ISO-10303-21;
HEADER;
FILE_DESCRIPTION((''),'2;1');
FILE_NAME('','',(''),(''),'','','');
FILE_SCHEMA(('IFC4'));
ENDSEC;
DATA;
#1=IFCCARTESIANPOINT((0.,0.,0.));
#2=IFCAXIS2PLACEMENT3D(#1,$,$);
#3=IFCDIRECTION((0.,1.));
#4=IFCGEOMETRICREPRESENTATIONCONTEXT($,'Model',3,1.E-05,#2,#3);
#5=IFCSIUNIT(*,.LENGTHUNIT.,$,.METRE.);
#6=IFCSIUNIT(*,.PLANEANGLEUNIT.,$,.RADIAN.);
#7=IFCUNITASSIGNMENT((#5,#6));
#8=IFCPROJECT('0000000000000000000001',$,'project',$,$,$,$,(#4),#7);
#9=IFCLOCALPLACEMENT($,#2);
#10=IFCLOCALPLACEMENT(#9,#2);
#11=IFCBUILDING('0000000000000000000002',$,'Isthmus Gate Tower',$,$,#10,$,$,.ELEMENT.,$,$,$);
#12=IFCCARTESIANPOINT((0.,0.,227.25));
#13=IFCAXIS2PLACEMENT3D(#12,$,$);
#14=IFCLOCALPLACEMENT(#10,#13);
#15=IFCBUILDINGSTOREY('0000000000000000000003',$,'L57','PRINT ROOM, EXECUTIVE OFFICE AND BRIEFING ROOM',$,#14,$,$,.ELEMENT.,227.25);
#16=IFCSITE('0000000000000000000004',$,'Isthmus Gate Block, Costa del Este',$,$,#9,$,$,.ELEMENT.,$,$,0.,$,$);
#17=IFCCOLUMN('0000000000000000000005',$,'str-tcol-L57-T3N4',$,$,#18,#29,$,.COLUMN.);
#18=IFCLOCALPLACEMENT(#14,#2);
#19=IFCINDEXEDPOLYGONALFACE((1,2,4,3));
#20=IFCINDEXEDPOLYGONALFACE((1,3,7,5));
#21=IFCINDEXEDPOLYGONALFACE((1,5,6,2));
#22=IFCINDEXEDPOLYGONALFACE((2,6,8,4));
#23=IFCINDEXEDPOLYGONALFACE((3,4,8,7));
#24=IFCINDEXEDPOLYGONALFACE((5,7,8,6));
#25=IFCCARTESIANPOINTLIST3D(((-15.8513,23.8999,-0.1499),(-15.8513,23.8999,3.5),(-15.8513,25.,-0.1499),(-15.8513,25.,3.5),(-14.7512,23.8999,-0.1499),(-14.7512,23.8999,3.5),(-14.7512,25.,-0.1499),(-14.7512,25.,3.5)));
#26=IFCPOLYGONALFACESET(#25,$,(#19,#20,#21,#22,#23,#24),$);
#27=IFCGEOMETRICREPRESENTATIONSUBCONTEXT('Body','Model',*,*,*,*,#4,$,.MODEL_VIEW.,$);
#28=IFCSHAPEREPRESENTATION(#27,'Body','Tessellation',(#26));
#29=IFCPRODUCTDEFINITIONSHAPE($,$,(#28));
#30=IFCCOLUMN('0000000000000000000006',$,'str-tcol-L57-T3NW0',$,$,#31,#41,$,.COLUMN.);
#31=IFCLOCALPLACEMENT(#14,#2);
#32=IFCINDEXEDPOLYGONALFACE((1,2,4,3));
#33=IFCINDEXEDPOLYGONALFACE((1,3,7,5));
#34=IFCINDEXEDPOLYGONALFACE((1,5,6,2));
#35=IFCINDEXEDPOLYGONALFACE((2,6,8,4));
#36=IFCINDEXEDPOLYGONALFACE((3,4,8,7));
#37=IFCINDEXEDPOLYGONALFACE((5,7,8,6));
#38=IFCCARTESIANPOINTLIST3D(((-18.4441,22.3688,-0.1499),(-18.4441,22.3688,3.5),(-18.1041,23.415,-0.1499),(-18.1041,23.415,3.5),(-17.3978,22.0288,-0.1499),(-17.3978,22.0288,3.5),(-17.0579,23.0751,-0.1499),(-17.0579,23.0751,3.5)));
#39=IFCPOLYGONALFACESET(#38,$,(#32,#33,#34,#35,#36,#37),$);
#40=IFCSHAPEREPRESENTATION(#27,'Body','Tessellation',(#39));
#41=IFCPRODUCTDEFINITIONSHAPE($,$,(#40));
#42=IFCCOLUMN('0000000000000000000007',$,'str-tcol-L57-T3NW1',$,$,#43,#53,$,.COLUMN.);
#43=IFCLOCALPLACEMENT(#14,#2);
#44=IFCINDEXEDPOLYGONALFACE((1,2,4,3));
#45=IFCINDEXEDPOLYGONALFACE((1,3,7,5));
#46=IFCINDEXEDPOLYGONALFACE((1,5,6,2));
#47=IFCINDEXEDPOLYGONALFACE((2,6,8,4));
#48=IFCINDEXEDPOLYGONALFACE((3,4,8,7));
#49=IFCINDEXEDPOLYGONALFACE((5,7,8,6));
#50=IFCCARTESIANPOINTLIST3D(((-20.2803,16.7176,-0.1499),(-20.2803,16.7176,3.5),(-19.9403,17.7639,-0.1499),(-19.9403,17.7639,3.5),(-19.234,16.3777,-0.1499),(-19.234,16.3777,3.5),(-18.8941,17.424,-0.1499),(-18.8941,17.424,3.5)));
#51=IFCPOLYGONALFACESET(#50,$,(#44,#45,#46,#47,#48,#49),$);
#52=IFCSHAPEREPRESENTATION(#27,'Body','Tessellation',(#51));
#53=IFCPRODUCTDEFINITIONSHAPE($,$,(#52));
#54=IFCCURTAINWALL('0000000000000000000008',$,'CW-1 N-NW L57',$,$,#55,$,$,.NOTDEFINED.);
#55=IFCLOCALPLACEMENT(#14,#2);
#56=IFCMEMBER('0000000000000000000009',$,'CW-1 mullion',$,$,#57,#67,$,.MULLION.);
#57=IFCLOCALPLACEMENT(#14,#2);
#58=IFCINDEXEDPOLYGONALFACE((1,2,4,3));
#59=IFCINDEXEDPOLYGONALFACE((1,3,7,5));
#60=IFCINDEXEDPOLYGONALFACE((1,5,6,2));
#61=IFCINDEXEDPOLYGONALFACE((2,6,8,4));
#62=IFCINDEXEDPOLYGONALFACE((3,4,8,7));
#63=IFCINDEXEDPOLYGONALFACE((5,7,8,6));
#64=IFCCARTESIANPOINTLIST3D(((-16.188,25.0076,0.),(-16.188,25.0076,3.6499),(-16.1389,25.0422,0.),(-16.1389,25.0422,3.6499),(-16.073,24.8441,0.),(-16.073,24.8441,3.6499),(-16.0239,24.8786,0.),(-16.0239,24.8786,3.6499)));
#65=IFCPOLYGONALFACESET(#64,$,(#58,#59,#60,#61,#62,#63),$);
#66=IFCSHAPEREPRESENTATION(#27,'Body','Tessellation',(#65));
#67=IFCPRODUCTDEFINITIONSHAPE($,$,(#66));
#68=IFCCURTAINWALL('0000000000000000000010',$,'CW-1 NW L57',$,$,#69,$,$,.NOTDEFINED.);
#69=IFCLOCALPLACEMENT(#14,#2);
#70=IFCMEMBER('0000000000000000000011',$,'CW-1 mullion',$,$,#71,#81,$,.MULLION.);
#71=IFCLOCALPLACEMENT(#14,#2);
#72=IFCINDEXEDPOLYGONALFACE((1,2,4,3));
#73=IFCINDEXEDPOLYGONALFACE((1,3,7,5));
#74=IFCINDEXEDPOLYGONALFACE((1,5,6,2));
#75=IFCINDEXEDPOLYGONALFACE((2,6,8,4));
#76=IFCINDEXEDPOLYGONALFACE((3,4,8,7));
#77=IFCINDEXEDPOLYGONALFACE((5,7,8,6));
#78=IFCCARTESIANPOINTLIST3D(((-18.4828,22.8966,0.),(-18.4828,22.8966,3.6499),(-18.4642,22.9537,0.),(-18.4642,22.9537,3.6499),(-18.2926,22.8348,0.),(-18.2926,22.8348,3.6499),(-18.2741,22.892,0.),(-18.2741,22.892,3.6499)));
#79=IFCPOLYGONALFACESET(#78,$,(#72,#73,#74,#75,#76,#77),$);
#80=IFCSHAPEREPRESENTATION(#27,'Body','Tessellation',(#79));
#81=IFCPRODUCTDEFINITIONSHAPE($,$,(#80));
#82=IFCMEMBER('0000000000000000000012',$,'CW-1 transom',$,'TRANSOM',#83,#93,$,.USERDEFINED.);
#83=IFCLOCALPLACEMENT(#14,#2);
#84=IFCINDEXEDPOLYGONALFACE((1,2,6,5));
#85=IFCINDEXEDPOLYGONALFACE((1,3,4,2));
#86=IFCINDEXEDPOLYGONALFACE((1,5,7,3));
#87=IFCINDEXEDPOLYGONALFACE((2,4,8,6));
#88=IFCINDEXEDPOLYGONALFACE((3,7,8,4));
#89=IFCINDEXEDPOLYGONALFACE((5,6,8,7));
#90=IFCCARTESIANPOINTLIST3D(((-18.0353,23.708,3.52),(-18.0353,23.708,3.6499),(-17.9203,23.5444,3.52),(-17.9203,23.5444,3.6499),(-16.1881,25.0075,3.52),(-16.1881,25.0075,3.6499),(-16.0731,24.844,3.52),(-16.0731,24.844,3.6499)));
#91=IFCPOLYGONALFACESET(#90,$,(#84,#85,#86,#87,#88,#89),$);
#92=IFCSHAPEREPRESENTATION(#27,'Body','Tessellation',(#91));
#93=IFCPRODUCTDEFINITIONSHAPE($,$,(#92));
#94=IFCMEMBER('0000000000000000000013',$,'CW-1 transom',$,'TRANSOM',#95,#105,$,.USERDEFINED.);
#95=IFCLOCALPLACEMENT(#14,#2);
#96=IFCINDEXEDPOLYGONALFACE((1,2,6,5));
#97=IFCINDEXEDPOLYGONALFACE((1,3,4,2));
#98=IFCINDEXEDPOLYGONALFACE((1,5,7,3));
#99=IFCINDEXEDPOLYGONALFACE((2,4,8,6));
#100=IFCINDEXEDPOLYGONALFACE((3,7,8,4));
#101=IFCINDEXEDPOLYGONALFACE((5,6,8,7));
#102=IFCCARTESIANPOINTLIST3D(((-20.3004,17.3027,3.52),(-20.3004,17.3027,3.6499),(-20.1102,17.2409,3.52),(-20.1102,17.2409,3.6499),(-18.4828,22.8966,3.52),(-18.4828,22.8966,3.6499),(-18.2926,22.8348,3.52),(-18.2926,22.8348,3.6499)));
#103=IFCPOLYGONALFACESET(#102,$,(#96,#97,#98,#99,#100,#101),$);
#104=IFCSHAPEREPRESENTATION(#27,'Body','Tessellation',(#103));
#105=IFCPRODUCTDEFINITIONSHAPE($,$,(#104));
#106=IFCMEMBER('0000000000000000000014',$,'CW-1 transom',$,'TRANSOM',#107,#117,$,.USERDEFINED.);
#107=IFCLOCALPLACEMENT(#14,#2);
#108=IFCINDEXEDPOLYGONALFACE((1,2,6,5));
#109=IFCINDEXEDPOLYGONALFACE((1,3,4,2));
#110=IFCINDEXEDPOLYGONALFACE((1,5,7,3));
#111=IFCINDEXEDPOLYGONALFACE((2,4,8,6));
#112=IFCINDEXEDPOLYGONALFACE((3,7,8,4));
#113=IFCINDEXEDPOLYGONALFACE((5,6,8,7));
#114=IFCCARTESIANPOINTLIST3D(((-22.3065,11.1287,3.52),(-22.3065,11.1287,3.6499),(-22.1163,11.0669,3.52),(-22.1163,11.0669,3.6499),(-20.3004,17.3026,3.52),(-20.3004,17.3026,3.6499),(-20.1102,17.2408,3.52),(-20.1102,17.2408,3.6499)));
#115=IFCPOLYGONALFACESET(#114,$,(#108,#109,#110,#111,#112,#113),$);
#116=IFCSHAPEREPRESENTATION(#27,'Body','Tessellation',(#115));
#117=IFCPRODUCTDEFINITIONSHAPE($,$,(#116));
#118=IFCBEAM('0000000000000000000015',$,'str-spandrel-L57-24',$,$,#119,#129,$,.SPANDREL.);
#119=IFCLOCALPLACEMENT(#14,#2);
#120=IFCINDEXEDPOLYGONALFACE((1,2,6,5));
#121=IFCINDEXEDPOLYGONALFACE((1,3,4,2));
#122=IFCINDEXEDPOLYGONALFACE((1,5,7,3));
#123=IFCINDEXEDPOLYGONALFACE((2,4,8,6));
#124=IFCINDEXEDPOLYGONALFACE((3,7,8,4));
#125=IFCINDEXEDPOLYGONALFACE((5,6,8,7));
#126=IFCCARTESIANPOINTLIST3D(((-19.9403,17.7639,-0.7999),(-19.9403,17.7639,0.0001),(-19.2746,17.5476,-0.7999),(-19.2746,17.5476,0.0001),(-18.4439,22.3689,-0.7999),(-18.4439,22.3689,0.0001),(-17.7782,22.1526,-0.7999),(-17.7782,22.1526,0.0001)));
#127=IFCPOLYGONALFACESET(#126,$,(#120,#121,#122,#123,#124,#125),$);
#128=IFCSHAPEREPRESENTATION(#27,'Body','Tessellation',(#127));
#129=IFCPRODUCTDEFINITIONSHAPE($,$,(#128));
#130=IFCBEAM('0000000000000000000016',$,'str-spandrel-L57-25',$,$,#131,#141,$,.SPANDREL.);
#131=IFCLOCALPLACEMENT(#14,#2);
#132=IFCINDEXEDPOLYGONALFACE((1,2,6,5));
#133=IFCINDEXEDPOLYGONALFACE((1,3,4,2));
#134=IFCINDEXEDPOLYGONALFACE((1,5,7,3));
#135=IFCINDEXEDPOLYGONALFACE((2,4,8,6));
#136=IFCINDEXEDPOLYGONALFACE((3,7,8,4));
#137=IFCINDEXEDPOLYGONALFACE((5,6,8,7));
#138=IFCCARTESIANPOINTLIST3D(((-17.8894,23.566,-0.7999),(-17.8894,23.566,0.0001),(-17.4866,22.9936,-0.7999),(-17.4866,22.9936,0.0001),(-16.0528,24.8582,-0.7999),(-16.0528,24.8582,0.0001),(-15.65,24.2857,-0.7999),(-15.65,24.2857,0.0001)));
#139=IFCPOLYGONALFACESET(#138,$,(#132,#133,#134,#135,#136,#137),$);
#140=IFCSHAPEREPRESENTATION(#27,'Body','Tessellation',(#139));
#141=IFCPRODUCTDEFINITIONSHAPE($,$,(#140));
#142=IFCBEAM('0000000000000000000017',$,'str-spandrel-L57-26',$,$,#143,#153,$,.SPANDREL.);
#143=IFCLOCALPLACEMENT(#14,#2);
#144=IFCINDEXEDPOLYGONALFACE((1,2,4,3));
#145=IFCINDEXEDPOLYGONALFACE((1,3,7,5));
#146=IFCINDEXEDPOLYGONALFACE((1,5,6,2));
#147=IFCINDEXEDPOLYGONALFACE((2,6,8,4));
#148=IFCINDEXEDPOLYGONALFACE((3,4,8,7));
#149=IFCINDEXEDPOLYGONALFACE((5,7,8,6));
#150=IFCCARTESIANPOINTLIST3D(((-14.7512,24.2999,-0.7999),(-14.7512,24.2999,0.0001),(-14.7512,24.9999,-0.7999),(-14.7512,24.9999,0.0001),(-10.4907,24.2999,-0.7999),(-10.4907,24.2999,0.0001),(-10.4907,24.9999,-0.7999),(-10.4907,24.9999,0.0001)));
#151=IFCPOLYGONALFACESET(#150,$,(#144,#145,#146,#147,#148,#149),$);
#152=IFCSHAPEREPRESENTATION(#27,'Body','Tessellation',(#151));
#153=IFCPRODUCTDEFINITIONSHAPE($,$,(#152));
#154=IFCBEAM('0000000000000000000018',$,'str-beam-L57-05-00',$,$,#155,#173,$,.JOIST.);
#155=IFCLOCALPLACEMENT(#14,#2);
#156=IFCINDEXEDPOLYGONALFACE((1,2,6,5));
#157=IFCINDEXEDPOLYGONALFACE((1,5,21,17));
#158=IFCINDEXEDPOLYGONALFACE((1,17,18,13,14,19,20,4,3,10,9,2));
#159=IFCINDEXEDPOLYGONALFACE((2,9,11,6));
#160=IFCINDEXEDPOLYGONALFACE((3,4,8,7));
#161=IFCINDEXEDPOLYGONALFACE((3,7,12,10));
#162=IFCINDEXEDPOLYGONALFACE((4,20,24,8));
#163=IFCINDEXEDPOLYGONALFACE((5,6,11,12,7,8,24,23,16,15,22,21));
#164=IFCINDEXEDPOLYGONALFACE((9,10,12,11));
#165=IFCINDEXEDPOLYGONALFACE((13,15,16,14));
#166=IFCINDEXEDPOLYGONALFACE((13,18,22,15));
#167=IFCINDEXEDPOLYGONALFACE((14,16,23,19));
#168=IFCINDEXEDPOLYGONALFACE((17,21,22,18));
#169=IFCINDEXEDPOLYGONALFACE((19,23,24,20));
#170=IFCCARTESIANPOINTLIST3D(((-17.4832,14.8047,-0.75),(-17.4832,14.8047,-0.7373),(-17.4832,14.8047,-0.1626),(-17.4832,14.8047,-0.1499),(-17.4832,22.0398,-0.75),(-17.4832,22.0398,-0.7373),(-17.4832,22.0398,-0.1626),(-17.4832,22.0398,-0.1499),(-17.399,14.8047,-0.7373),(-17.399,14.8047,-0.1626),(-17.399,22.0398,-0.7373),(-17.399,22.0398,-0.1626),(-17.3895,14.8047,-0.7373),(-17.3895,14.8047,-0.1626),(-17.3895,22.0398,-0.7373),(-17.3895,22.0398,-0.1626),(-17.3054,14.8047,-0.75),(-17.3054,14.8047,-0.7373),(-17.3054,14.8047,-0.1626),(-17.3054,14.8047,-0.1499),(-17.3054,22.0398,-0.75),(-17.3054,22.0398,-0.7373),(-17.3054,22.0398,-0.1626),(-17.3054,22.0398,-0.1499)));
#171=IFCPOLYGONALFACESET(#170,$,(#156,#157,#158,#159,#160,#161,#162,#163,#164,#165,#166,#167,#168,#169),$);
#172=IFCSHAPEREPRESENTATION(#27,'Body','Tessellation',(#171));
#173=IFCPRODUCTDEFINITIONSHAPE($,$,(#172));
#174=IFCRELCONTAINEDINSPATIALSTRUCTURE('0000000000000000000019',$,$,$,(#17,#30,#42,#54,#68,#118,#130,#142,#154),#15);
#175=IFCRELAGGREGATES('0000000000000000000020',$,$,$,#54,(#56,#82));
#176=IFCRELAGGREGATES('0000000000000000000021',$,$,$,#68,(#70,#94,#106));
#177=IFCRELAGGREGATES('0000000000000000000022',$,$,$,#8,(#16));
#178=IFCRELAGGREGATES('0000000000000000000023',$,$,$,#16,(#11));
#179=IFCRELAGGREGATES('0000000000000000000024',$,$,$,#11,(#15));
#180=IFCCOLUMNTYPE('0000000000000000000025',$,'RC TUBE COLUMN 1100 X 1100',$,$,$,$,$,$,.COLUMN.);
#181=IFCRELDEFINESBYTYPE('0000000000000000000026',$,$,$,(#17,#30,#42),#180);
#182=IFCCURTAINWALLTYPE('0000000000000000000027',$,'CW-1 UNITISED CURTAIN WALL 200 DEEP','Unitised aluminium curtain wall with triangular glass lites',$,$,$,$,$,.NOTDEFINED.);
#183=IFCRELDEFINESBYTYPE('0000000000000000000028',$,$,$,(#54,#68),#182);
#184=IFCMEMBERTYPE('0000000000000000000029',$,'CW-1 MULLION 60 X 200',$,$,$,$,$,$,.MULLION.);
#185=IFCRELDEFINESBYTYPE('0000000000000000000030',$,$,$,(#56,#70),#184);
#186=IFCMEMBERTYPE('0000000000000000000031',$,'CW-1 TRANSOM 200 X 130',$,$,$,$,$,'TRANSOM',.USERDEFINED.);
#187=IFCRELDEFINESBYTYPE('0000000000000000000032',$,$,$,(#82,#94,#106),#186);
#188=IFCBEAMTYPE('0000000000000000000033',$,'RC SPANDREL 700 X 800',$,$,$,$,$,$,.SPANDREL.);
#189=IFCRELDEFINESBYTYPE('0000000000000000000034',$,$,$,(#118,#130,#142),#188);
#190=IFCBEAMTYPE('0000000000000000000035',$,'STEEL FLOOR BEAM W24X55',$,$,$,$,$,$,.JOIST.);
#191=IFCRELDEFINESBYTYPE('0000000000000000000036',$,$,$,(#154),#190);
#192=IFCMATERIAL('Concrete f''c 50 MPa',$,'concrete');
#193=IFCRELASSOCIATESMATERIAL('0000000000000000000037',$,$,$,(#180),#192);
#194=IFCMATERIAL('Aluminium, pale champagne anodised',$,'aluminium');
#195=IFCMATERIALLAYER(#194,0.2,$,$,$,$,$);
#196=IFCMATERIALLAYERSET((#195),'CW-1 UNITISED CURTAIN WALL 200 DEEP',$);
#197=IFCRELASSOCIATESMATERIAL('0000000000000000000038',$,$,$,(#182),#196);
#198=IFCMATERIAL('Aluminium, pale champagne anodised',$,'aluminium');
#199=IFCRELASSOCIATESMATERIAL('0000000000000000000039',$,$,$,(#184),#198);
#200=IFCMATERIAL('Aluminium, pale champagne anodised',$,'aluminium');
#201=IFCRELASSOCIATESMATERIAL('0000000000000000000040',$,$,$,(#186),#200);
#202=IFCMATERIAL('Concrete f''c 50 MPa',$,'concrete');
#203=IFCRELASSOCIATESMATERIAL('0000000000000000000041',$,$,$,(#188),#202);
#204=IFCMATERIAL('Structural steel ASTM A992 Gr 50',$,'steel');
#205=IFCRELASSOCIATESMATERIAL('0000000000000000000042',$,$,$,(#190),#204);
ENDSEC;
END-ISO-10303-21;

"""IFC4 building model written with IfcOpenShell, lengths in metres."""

from ifc_helpers import new_model, si_unit, direction, frame, origin, origin_2d, place, context, subcontext, project, spatial, rectangle, i_section, extrude, material, layer, layer_set, material_profile, profile_set, type_object, element, aggregate, save


model = new_model("IFC4")

# Units and contexts
model_context = context("Model", 3, precision=1e-05, world=origin(), true_north=direction((0.0, 1.0)))
body_context = subcontext(model_context, "Body", "Model", "MODEL_VIEW")
ifc_project = project(units=[si_unit("LENGTHUNIT", "METRE"), si_unit("PLANEANGLEUNIT", "RADIAN")], contexts=[model_context])

# Site, building, storey
site_placement = place(None, origin())
site = spatial("IfcSite", under=ifc_project, at=site_placement, Name="Isthmus Gate Block, Costa del Este", CompositionType="ELEMENT", RefElevation=0.0)
building_placement = place(site_placement, origin())
building = spatial("IfcBuilding", under=site, at=building_placement, Name="Isthmus Gate Tower", CompositionType="ELEMENT")
storey_placement = place(building_placement, frame((0.0, 0.0, 227.25)))
storey = spatial("IfcBuildingStorey", under=building, at=storey_placement, Name="L57", Description="PRINT ROOM, EXECUTIVE OFFICE AND BRIEFING ROOM", CompositionType="ELEMENT", Elevation=227.25)

# Columns
ifc_material_1 = material(Name="Concrete f'c 50 MPa", Category="concrete")
ifc_material_profile_1 = material_profile(ifc_material_1, rectangle(XDim=1.1001, YDim=1.1001, at=origin_2d()), Name="RC 1100X1100")
ifc_profile_set_1 = profile_set([ifc_material_profile_1], Name="Concrete f'c 50 MPa")
column_type = type_object("IfcColumnType", Name="RC TUBE COLUMN 1100 X 1100", PredefinedType="COLUMN", material=ifc_profile_set_1)
for number, where, z_axis, x_axis, name in (
    (1, (-15.3013, 24.45, -0.1499), (0.0, 0.0, 1.0), (-1.0, 0.0, 0.0), "str-tcol-L57-T3N4"),
    (2, (-17.751, 22.7219, -0.1499), (0.0, 0.0, 1.0), (-0.309017, -0.951057, 0.0), "str-tcol-L57-T3NW0"),
    (3, (-19.5872, 17.0708, -0.1499), (0.0, 0.0, 1.0), (-0.309017, -0.951057, 0.0), "str-tcol-L57-T3NW1"),
):
    element("IfcColumn", number, at=place(storey_placement, frame(where, z_axis=z_axis, x_axis=x_axis)), inside=storey, type_object=column_type, Name=name, PredefinedType="COLUMN", context=body_context, shape_type="SweptSolid", body=[
        extrude(rectangle(XDim=1.1001, YDim=1.1001, at=origin_2d()), origin(), (0.0, 0.0, 1.0), 3.6499),
    ])

# Curtain walls, members
ifc_material_2 = material(Name="Aluminium, pale champagne anodised", Category="aluminium")
ifc_layer_1 = layer(ifc_material_2, 0.2)
ifc_layer_set_1 = layer_set([ifc_layer_1], Name="CW-1 UNITISED CURTAIN WALL 200 DEEP")
curtain_wall_type = type_object("IfcCurtainWallType", Name="CW-1 UNITISED CURTAIN WALL 200 DEEP", Description="Unitised aluminium curtain wall with triangular glass lites", PredefinedType="NOTDEFINED", material=ifc_layer_set_1)
curtain_wall_1_placement = place(storey_placement, origin())
curtain_wall_1 = element("IfcCurtainWall", 4, at=curtain_wall_1_placement, inside=storey, type_object=curtain_wall_type, Name="CW-1 N-NW L57", PredefinedType="NOTDEFINED")
ifc_material_3 = material(Name="Aluminium, pale champagne anodised", Category="aluminium")
ifc_material_profile_2 = material_profile(ifc_material_3, rectangle(XDim=0.0601, YDim=0.2, at=origin_2d()), Name="60x200")
ifc_profile_set_2 = profile_set([ifc_material_profile_2], Name="Aluminium, pale champagne anodised")
member_type_1 = type_object("IfcMemberType", Name="CW-1 MULLION 60 X 200", PredefinedType="MULLION", material=ifc_profile_set_2)
member_1_placement = place(storey_placement, frame((-16.106, 24.9431, 0.0), z_axis=(0.0, 0.0, 1.0), x_axis=(-0.81786, -0.575418, 0.0)))
member_1 = element("IfcMember", 5, at=member_1_placement, type_object=member_type_1, Name="CW-1 mullion", PredefinedType="MULLION", context=body_context, shape_type="SweptSolid", body=[
    extrude(rectangle(XDim=0.0601, YDim=0.2, at=origin_2d()), origin(), (0.0, 0.0, 1.0), 3.6499),
])
curtain_wall_2_placement = place(storey_placement, origin())
curtain_wall_2 = element("IfcCurtainWall", 6, at=curtain_wall_2_placement, inside=storey, type_object=curtain_wall_type, Name="CW-1 NW L57", PredefinedType="NOTDEFINED")
member_2_placement = place(storey_placement, frame((-18.3784, 22.8943, 0.0), z_axis=(0.0, 0.0, 1.0), x_axis=(-0.309017, -0.951057, 0.0)))
member_2 = element("IfcMember", 7, at=member_2_placement, type_object=member_type_1, Name="CW-1 mullion", PredefinedType="MULLION", context=body_context, shape_type="SweptSolid", body=[
    extrude(rectangle(XDim=0.0601, YDim=0.2, at=origin_2d()), origin(), (0.0, 0.0, 1.0), 3.6499),
])

# Members
ifc_material_4 = material(Name="Aluminium, pale champagne anodised", Category="aluminium")
ifc_material_profile_3 = material_profile(ifc_material_4, rectangle(XDim=0.2, YDim=0.1299, at=origin_2d()), Name="200x130")
ifc_profile_set_3 = profile_set([ifc_material_profile_3], Name="Aluminium, pale champagne anodised")
member_type_2 = type_object("IfcMemberType", Name="CW-1 TRANSOM 200 X 130", ElementType="TRANSOM", PredefinedType="USERDEFINED", material=ifc_profile_set_3)
member_3_placement = place(storey_placement, frame((-16.1306, 24.9258, 3.585), z_axis=(-0.817869, -0.575405, 0.0), x_axis=(0.575405, -0.817869, 0.0)))
member_3 = element("IfcMember", 8, at=member_3_placement, type_object=member_type_2, Name="CW-1 transom", ObjectType="TRANSOM", PredefinedType="USERDEFINED", context=body_context, shape_type="SweptSolid", body=[
    extrude(rectangle(XDim=0.2, YDim=0.1299, at=origin_2d()), origin(), (0.0, 0.0, 1.0), 2.2585),
])
member_4_placement = place(storey_placement, frame((-18.3877, 22.8657, 3.585), z_axis=(-0.309021, -0.951055, 0.0), x_axis=(0.951055, -0.309021, 0.0)))
member_4 = element("IfcMember", 9, at=member_4_placement, type_object=member_type_2, Name="CW-1 transom", ObjectType="TRANSOM", PredefinedType="USERDEFINED", context=body_context, shape_type="SweptSolid", body=[
    extrude(rectangle(XDim=0.2, YDim=0.1299, at=origin_2d()), origin(), (0.0, 0.0, 1.0), 5.8818),
])
member_5_placement = place(storey_placement, frame((-20.2053, 17.2717, 3.585), z_axis=(-0.309021, -0.951055, 0.0), x_axis=(0.951055, -0.309021, 0.0)))
member_5 = element("IfcMember", 10, at=member_5_placement, type_object=member_type_2, Name="CW-1 transom", ObjectType="TRANSOM", PredefinedType="USERDEFINED", context=body_context, shape_type="SweptSolid", body=[
    extrude(rectangle(XDim=0.2, YDim=0.1299, at=origin_2d()), origin(), (0.0, 0.0, 1.0), 6.4917),
])

# Beams
ifc_material_5 = material(Name="Concrete f'c 50 MPa", Category="concrete")
ifc_material_profile_4 = material_profile(ifc_material_5, rectangle(XDim=0.7, YDim=0.8, at=origin_2d()), Name="RC 700X800")
ifc_profile_set_4 = profile_set([ifc_material_profile_4], Name="Concrete f'c 50 MPa")
beam_type_1 = type_object("IfcBeamType", Name="RC SPANDREL 700 X 800", PredefinedType="SPANDREL", material=ifc_profile_set_4)
beam_1_placement = place(storey_placement, frame((-19.6074, 17.6558, -0.3999), z_axis=(0.309034, 0.951051, 0.0), x_axis=(-0.951051, 0.309034, 0.0)))
element("IfcBeam", 11, at=beam_1_placement, inside=storey, type_object=beam_type_1, Name="str-spandrel-L57-24", PredefinedType="SPANDREL", context=body_context, shape_type="SweptSolid", body=[
    extrude(rectangle(XDim=0.7, YDim=0.8, at=origin_2d()), origin(), (0.0, 0.0, 1.0), 4.842),
])
beam_2_placement = place(storey_placement, frame((-17.688, 23.2798, -0.3999), z_axis=(0.817856, 0.575423, 0.0), x_axis=(-0.575423, 0.817856, 0.0)))
element("IfcBeam", 12, at=beam_2_placement, inside=storey, type_object=beam_type_1, Name="str-spandrel-L57-25", PredefinedType="SPANDREL", context=body_context, shape_type="SweptSolid", body=[
    extrude(rectangle(XDim=0.7, YDim=0.8, at=origin_2d()), origin(), (0.0, 0.0, 1.0), 2.2456),
])
beam_3_placement = place(storey_placement, frame((-14.7512, 24.6499, -0.3999), z_axis=(1.0, 0.0, 0.0), x_axis=(0.0, 1.0, 0.0)))
element("IfcBeam", 13, at=beam_3_placement, inside=storey, type_object=beam_type_1, Name="str-spandrel-L57-26", PredefinedType="SPANDREL", context=body_context, shape_type="SweptSolid", body=[
    extrude(rectangle(XDim=0.7, YDim=0.8, at=origin_2d()), origin(), (0.0, 0.0, 1.0), 4.2605),
])
ifc_material_6 = material(Name="Structural steel ASTM A992 Gr 50", Category="steel")
ifc_material_profile_5 = material_profile(ifc_material_6, i_section(OverallWidth=0.1777, OverallDepth=0.6001, WebThickness=0.0095, FlangeThickness=0.0127, at=origin_2d()), Name="W24X55")
ifc_profile_set_5 = profile_set([ifc_material_profile_5], Name="Structural steel ASTM A992 Gr 50")
beam_type_2 = type_object("IfcBeamType", Name="STEEL FLOOR BEAM W24X55", PredefinedType="JOIST", material=ifc_profile_set_5)
beam_4_placement = place(storey_placement, frame((-17.3943, 14.8047, -0.45), z_axis=(0.0, 1.0, 0.0), x_axis=(-1.0, 0.0, 0.0)))
element("IfcBeam", 14, at=beam_4_placement, inside=storey, type_object=beam_type_2, Name="str-beam-L57-05-00", PredefinedType="JOIST", context=body_context, shape_type="SweptSolid", body=[
    extrude(i_section(OverallWidth=0.1777, OverallDepth=0.6001, WebThickness=0.0095, FlangeThickness=0.0127, at=origin_2d()), origin(), (0.0, 0.0, 1.0), 7.2351),
])

aggregate(curtain_wall_1, [member_1, member_3])

aggregate(curtain_wall_2, [member_2, member_4, member_5])

save(model, "model.ifc")
